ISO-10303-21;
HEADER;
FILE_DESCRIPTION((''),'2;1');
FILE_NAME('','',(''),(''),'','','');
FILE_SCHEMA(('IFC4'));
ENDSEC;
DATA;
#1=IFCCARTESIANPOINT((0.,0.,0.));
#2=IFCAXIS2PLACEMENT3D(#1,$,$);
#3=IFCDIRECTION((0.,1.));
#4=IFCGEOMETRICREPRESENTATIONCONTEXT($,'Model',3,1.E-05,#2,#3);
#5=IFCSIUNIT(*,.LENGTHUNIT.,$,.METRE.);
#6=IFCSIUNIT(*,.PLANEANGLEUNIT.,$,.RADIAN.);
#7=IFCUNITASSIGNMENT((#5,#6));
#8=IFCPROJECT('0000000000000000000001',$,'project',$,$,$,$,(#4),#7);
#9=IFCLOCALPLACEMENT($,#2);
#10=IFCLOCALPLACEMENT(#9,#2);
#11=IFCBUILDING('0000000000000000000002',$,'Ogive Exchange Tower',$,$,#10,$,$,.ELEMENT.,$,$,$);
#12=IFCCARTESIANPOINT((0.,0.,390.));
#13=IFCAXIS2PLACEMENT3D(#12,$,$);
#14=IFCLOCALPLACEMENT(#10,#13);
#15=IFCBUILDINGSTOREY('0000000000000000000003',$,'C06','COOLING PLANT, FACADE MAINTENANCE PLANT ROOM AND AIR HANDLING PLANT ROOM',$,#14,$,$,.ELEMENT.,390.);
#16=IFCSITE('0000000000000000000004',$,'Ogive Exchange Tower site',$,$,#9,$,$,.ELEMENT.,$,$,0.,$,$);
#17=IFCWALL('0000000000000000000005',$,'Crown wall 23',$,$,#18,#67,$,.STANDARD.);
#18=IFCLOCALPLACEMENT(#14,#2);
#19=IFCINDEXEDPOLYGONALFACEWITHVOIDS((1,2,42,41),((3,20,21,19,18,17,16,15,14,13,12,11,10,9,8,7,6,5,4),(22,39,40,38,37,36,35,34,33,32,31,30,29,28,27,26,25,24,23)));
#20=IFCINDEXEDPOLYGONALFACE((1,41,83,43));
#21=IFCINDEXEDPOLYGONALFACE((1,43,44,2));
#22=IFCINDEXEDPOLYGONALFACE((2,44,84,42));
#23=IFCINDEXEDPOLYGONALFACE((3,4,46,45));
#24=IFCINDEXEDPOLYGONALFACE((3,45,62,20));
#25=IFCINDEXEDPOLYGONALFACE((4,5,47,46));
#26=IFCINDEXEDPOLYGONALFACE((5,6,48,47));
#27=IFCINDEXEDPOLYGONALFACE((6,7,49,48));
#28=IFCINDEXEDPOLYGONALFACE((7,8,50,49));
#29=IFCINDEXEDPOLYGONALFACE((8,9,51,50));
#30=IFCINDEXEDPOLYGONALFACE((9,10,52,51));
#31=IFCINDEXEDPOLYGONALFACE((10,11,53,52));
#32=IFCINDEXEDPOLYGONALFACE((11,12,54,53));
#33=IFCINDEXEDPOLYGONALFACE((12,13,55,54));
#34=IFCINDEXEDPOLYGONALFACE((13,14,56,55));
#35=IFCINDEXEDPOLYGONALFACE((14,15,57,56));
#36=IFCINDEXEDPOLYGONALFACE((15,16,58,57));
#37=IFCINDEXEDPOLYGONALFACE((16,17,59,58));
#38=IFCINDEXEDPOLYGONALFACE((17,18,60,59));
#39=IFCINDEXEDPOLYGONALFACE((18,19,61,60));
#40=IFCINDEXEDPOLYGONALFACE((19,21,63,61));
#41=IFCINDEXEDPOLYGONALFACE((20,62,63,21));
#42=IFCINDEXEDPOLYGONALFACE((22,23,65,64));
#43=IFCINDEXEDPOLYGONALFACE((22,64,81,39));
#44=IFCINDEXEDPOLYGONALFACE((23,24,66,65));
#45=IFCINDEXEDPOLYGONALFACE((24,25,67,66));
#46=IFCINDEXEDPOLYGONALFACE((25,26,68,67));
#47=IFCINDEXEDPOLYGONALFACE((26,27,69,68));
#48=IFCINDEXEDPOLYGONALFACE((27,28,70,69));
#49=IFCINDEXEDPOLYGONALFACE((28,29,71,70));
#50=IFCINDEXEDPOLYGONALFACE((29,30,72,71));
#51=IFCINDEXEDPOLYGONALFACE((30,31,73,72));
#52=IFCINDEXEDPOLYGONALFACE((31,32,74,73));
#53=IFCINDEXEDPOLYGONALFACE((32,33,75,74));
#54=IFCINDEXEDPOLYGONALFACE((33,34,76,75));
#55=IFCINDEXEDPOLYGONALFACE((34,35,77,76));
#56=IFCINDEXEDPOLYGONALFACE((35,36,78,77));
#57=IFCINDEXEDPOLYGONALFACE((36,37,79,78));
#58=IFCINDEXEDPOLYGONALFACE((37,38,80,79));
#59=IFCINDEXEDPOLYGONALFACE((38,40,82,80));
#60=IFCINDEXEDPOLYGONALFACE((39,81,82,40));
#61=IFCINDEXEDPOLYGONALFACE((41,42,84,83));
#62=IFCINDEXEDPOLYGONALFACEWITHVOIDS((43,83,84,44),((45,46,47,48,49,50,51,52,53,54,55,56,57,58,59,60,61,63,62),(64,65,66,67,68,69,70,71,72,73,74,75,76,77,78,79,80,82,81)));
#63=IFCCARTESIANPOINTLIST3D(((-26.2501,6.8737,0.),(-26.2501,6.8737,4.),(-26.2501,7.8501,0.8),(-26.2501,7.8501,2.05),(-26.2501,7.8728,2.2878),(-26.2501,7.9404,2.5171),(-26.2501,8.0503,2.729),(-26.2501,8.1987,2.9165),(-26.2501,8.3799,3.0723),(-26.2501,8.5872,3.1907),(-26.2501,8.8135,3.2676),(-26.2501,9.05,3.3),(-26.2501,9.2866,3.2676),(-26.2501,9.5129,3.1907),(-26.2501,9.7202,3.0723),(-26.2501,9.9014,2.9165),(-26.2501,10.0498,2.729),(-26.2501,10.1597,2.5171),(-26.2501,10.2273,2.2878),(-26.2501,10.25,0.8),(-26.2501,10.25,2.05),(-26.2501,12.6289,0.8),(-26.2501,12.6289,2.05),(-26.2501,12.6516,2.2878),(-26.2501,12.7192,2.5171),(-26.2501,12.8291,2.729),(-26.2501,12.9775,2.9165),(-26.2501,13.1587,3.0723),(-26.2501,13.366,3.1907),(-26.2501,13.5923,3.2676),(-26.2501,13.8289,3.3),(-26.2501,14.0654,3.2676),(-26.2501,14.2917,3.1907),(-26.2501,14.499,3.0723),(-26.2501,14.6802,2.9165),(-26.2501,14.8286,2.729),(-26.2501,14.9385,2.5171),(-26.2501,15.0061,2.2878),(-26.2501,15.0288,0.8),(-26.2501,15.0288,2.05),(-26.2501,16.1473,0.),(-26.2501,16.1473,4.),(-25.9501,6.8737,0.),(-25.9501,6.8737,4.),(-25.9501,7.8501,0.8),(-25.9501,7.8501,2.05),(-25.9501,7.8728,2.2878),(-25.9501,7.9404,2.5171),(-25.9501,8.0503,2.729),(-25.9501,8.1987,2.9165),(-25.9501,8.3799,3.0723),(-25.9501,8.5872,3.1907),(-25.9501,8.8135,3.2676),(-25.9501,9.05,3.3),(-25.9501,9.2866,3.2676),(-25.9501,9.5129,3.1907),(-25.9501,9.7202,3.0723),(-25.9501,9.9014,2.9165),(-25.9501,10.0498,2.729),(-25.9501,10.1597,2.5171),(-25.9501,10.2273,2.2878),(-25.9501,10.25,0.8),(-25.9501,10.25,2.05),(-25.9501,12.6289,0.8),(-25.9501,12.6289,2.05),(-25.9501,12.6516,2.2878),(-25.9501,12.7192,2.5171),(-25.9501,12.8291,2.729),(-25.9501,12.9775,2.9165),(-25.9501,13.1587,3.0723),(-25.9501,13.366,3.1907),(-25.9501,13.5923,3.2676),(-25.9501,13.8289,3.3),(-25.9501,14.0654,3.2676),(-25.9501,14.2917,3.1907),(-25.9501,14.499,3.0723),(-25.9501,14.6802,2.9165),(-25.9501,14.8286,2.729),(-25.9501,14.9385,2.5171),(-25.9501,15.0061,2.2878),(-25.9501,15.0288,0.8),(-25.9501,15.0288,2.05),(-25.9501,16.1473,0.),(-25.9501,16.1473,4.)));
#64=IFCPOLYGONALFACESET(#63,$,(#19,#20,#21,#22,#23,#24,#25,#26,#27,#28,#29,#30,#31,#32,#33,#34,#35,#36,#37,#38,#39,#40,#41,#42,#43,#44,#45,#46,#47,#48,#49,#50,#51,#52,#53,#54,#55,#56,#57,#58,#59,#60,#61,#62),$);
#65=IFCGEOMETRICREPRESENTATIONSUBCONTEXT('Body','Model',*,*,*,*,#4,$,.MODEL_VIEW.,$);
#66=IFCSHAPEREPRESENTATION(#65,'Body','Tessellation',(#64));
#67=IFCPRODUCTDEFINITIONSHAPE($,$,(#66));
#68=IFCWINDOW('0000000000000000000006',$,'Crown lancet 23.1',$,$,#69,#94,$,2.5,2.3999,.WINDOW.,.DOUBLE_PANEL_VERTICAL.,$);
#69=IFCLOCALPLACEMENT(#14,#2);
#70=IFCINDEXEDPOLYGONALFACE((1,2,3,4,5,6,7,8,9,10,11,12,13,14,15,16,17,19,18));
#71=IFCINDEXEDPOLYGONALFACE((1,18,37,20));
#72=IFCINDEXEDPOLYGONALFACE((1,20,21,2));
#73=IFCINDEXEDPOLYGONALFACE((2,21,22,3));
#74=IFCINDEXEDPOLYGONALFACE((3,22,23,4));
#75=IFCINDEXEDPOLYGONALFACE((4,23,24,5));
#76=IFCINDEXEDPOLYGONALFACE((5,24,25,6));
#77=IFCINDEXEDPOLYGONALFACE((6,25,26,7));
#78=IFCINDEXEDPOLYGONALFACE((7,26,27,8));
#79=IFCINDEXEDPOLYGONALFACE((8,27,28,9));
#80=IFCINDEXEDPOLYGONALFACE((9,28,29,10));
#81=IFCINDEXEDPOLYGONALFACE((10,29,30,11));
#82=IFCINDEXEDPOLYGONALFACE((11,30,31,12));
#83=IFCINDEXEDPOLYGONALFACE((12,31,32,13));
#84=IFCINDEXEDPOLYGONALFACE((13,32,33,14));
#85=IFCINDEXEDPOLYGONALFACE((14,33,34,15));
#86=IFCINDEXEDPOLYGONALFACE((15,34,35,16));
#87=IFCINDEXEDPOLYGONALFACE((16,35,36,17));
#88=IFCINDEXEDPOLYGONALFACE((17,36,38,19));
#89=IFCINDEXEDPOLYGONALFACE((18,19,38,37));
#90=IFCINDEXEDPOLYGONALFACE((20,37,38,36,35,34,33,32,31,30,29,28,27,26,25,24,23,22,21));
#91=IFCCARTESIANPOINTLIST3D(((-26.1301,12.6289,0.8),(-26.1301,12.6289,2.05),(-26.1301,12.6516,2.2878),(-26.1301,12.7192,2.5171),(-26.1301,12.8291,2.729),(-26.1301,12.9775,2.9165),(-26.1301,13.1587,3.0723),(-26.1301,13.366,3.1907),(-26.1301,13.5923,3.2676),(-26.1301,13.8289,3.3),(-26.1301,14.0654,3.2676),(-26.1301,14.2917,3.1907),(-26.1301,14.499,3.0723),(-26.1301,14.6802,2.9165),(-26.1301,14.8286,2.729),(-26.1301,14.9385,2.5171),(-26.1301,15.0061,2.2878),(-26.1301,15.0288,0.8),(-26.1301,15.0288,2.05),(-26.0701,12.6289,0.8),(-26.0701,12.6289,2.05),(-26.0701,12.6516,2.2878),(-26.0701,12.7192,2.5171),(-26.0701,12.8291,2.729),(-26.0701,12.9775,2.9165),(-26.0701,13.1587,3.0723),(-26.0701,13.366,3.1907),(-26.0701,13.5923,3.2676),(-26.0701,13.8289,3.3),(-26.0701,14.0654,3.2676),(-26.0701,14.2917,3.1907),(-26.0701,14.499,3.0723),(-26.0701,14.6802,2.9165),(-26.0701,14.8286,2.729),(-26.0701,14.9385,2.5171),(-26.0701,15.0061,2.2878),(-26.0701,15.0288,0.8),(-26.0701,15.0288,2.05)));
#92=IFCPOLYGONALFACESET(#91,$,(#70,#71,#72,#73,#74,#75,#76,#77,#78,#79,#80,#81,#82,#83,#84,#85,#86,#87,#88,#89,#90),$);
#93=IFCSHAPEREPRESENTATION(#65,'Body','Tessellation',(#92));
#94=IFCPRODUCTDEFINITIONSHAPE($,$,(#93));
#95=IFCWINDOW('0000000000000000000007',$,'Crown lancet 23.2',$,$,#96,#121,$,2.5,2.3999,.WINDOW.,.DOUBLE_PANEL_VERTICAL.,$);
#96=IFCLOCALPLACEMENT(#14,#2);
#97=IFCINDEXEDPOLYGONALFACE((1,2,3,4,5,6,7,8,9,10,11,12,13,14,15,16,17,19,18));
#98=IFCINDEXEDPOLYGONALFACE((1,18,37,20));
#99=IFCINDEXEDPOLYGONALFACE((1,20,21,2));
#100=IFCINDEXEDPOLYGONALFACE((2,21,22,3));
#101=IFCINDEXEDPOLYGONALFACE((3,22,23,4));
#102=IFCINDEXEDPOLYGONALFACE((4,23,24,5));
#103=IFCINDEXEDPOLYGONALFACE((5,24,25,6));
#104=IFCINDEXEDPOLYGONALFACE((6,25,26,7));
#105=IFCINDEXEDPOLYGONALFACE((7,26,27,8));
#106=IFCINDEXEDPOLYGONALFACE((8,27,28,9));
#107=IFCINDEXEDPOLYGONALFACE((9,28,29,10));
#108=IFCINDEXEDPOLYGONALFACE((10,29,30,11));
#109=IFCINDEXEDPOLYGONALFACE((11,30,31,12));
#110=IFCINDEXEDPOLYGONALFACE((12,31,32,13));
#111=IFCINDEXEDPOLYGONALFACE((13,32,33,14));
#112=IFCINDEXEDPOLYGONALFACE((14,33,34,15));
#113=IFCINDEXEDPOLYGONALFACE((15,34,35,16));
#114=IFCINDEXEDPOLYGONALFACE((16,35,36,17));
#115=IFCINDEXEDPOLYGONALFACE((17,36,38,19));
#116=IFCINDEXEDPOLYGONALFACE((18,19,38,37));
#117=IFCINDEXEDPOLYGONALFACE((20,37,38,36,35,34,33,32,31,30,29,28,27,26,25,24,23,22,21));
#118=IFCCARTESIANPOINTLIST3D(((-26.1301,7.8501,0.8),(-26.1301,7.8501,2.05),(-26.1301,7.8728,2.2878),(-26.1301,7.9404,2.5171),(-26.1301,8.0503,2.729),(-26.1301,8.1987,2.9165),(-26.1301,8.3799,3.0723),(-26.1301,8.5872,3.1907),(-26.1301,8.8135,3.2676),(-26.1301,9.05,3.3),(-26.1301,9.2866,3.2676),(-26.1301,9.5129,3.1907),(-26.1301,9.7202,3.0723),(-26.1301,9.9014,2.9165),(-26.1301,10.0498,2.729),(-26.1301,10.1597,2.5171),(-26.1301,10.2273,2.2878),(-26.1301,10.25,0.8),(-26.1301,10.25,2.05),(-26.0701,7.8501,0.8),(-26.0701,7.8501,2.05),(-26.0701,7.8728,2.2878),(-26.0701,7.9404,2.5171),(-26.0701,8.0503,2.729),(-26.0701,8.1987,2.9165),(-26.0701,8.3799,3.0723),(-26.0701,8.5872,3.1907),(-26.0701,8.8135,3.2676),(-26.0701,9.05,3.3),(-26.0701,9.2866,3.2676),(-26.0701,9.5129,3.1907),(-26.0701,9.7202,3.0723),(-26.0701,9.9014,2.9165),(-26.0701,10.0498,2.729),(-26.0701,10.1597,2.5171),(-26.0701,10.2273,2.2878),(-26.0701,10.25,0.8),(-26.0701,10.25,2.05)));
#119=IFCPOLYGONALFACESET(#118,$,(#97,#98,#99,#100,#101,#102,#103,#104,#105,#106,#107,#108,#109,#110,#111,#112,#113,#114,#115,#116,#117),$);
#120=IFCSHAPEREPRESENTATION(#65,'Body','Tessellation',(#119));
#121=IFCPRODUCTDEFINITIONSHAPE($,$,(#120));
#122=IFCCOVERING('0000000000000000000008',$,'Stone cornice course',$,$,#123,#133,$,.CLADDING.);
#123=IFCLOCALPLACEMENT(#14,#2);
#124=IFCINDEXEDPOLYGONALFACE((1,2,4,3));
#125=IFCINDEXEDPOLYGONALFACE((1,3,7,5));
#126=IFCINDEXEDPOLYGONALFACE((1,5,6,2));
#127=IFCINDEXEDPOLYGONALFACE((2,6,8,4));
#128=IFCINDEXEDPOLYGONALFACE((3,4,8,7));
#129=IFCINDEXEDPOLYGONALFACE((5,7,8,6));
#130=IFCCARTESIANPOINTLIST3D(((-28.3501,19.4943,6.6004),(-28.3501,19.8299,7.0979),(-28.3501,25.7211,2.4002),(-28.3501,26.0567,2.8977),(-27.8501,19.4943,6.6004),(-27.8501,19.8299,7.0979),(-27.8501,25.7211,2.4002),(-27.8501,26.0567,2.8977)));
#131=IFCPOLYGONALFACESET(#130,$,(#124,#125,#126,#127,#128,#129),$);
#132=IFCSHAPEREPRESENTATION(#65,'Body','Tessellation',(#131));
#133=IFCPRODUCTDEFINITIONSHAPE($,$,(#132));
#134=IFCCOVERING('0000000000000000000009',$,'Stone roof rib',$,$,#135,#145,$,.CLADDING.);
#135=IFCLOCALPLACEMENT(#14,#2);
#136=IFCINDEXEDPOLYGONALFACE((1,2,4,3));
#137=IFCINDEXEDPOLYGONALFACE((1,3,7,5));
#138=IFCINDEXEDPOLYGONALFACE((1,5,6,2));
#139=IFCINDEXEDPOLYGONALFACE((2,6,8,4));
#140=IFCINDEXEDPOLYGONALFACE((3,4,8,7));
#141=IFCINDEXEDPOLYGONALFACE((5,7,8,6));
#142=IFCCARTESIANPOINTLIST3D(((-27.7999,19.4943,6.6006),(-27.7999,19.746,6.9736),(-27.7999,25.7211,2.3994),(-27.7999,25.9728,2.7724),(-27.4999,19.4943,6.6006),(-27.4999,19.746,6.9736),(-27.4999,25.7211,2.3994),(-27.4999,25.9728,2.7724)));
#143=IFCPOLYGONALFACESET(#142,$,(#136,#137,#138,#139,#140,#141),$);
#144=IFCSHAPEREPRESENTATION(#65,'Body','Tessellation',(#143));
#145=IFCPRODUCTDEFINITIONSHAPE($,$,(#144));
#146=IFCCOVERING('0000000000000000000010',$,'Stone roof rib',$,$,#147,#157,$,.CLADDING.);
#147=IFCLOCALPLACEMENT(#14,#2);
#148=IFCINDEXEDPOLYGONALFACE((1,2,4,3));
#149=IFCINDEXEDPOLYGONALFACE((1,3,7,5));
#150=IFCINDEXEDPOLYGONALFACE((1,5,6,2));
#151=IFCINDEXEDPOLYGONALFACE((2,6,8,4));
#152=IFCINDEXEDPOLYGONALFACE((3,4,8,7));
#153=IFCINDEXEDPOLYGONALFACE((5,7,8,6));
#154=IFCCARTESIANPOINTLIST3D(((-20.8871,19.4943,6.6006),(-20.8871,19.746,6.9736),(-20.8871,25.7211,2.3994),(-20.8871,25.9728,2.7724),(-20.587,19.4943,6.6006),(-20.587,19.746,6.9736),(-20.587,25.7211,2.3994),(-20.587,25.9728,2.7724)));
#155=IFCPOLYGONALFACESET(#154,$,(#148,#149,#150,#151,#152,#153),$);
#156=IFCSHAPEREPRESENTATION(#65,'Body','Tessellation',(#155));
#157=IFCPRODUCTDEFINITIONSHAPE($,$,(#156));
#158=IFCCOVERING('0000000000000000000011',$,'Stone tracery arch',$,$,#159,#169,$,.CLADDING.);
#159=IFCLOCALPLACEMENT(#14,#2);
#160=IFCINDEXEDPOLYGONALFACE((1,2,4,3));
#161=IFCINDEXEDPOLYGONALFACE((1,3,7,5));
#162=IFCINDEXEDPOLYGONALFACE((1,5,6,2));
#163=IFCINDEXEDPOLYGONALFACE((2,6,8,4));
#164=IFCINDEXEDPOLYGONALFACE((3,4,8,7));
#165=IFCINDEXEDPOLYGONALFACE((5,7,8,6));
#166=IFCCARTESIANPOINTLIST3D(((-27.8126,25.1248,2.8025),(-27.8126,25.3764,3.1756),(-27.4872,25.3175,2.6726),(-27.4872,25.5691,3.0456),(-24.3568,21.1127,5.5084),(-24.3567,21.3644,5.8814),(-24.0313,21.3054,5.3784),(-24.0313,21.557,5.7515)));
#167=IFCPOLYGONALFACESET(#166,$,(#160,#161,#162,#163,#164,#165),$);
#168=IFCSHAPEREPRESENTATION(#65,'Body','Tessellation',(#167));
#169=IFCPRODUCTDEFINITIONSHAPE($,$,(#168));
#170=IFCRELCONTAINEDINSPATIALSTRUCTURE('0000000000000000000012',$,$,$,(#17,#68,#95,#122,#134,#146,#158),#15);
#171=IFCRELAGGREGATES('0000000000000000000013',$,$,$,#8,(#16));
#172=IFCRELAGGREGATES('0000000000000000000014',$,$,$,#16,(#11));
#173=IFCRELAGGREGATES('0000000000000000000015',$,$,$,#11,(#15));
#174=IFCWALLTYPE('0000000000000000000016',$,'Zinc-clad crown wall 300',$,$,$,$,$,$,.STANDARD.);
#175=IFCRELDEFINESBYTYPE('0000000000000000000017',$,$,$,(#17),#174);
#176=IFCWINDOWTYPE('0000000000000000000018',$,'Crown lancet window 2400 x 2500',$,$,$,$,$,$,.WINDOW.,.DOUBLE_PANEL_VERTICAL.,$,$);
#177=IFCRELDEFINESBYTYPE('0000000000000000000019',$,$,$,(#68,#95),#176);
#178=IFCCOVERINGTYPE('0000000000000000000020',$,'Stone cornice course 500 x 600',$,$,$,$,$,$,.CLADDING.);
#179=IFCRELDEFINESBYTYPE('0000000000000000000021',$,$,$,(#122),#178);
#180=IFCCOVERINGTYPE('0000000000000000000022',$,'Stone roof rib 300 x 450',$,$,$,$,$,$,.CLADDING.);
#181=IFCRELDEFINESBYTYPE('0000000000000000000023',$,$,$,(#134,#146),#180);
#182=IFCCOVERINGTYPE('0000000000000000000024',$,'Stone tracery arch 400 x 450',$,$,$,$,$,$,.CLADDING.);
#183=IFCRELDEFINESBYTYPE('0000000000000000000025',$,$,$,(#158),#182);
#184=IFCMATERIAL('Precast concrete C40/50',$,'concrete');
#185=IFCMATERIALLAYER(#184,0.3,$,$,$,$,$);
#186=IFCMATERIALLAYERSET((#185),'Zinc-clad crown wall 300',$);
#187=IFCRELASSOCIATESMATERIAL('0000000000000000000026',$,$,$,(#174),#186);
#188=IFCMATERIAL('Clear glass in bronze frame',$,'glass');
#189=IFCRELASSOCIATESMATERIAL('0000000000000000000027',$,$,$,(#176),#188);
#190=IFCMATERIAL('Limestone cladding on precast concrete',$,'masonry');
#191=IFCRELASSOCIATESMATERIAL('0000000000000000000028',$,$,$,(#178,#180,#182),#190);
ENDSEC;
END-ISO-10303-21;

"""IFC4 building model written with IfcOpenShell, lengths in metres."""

from ifc_helpers import new_model, si_unit, direction, frame, frame_2d, origin, origin_2d, place, context, subcontext, project, spatial, polyline, rectangle, outline, extrude, material, layer, layer_set, material_profile, profile_set, type_object, element, fill, save


model = new_model("IFC4")

# Units and contexts
model_context = context("Model", 3, precision=1e-05, world=origin(), true_north=direction((0.0, 1.0)))
body_context = subcontext(model_context, "Body", "Model", "MODEL_VIEW")
ifc_project = project(units=[si_unit("LENGTHUNIT", "METRE"), si_unit("PLANEANGLEUNIT", "RADIAN")], contexts=[model_context])

# Site, building, storey
site_placement = place(None, origin())
site = spatial("IfcSite", under=ifc_project, at=site_placement, Name="Ogive Exchange Tower site", CompositionType="ELEMENT", RefElevation=0.0)
building_placement = place(site_placement, origin())
building = spatial("IfcBuilding", under=site, at=building_placement, Name="Ogive Exchange Tower", CompositionType="ELEMENT")
storey_placement = place(building_placement, frame((0.0, 0.0, 390.0)))
storey = spatial("IfcBuildingStorey", under=building, at=storey_placement, Name="C06", Description="COOLING PLANT, FACADE MAINTENANCE PLANT ROOM AND AIR HANDLING PLANT ROOM", CompositionType="ELEMENT", Elevation=390.0)

# Shared definitions
ifc_material_1 = material(Name="Precast concrete C40/50", Category="concrete")

# Shared definitions
ifc_layer_1 = layer(ifc_material_1, 0.3)
ifc_layer_set_1 = layer_set([ifc_layer_1], Name="Zinc-clad crown wall 300")
wall_type_1 = type_object("IfcWallType", Name="Zinc-clad crown wall 300", PredefinedType="STANDARD", material=ifc_layer_set_1)
ifc_material_2 = material(Name="Clear glass in bronze frame", Category="glass")

# Wall, openings, windows
wall_1_placement = place(storey_placement, frame((-26.1001, 16.1472, 0.0), z_axis=(0.0, 0.0, 1.0), x_axis=(0.0, -1.0, 0.0)))
wall_1 = element("IfcWall", 1, at=wall_1_placement, inside=storey, type_object=wall_type_1, Name="Crown wall 23", PredefinedType="STANDARD", context=body_context, shape_type="SweptSolid", body=[
    extrude(rectangle(XDim=9.2737, YDim=0.3, at=frame_2d((4.6367, 0.0))), origin(), (0.0, 0.0, 1.0), 4.0),
])
opening_1_placement = place(wall_1_placement, frame((1.1184, 0.0, 0.8)))
opening_1 = element("IfcOpeningElement", 2, at=opening_1_placement, cuts=wall_1, PredefinedType="OPENING", context=body_context, shape_type="SweptSolid", body=[
    extrude(outline(polyline([(0.0, 0.0), (2.3999, 0.0), (2.3999, 1.25), (2.3772, 1.4878), (2.3096, 1.717), (2.1997, 1.929), (2.0513, 2.1165), (1.8701, 2.2722), (1.6628, 2.3906), (1.4365, 2.4675), (1.2, 2.5), (0.9634, 2.4675), (0.7371, 2.3906), (0.5298, 2.2722), (0.3486, 2.1165), (0.2002, 1.929), (0.0903, 1.717), (0.0227, 1.4878), (0.0, 1.25), (0.0, 0.0)])), frame((0.0, 0.1599, 0.0), z_axis=(0.0, -1.0, 0.0), x_axis=(1.0, 0.0, 0.0)), (0.0, 0.0, 1.0), 0.3201),
])
opening_2_placement = place(wall_1_placement, frame((5.8972, 0.0, 0.8)))
opening_2 = element("IfcOpeningElement", 3, at=opening_2_placement, cuts=wall_1, PredefinedType="OPENING", context=body_context, shape_type="SweptSolid", body=[
    extrude(outline(polyline([(0.0, 0.0), (2.3999, 0.0), (2.3999, 1.25), (2.3772, 1.4878), (2.3096, 1.717), (2.1997, 1.929), (2.0513, 2.1165), (1.8701, 2.2722), (1.6628, 2.3906), (1.4365, 2.4675), (1.2, 2.5), (0.9634, 2.4675), (0.7371, 2.3906), (0.5298, 2.2722), (0.3486, 2.1165), (0.2002, 1.929), (0.0903, 1.717), (0.0227, 1.4878), (0.0, 1.25), (0.0, 0.0)])), frame((0.0, 0.1599, 0.0), z_axis=(0.0, -1.0, 0.0), x_axis=(1.0, 0.0, 0.0)), (0.0, 0.0, 1.0), 0.3201),
])
window_type_1 = type_object("IfcWindowType", Name="Crown lancet window 2400 x 2500", PartitioningType="DOUBLE_PANEL_VERTICAL", PredefinedType="WINDOW", material=ifc_material_2)
window_1_placement = place(opening_1_placement, origin())
window_1 = element("IfcWindow", 4, at=window_1_placement, inside=storey, type_object=window_type_1, Name="Crown lancet 23.1", OverallHeight=2.5, OverallWidth=2.3999, PartitioningType="DOUBLE_PANEL_VERTICAL", PredefinedType="WINDOW", context=body_context, shape_type="SweptSolid", body=[
    extrude(outline(polyline([(0.0, 0.0), (2.3999, 0.0), (2.3999, 1.25), (2.3772, 1.4878), (2.3096, 1.717), (2.1997, 1.929), (2.0513, 2.1165), (1.8701, 2.2722), (1.6628, 2.3906), (1.4365, 2.4675), (1.2, 2.5), (0.9634, 2.4675), (0.7371, 2.3906), (0.5298, 2.2722), (0.3486, 2.1165), (0.2002, 1.929), (0.0903, 1.717), (0.0227, 1.4878), (0.0, 1.25), (0.0, 0.0)])), frame((0.0, 0.03, 0.0), z_axis=(0.0, -1.0, 0.0), x_axis=(1.0, 0.0, 0.0)), (0.0, 0.0, 1.0), 0.0601),
])
fill(opening_1, window_1)
window_2_placement = place(opening_2_placement, origin())
window_2 = element("IfcWindow", 5, at=window_2_placement, inside=storey, type_object=window_type_1, Name="Crown lancet 23.2", OverallHeight=2.5, OverallWidth=2.3999, PartitioningType="DOUBLE_PANEL_VERTICAL", PredefinedType="WINDOW", context=body_context, shape_type="SweptSolid", body=[
    extrude(outline(polyline([(0.0, 0.0), (2.3999, 0.0), (2.3999, 1.25), (2.3772, 1.4878), (2.3096, 1.717), (2.1997, 1.929), (2.0513, 2.1165), (1.8701, 2.2722), (1.6628, 2.3906), (1.4365, 2.4675), (1.2, 2.5), (0.9634, 2.4675), (0.7371, 2.3906), (0.5298, 2.2722), (0.3486, 2.1165), (0.2002, 1.929), (0.0903, 1.717), (0.0227, 1.4878), (0.0, 1.25), (0.0, 0.0)])), frame((0.0, 0.03, 0.0), z_axis=(0.0, -1.0, 0.0), x_axis=(1.0, 0.0, 0.0)), (0.0, 0.0, 1.0), 0.0601),
])
fill(opening_2, window_2)

# Coverings
ifc_material_3 = material(Name="Limestone cladding on precast concrete", Category="masonry")
ifc_material_profile_1 = material_profile(ifc_material_3, rectangle(XDim=0.5, YDim=0.6001, at=origin_2d()), Name="CORNICE 500 x 600")
ifc_profile_set_1 = profile_set([ifc_material_profile_1], Name="Limestone cladding on precast concrete")
covering_type_1 = type_object("IfcCoveringType", Name="Stone cornice course 500 x 600", PredefinedType="CLADDING", material=ifc_profile_set_1)
covering_1_placement = place(storey_placement, frame((-28.1001, 19.6621, 6.8491), z_axis=(0.0, 0.829028, -0.559208), x_axis=(-1.0, 0.0, 0.0)))
element("IfcCovering", 6, at=covering_1_placement, inside=storey, type_object=covering_type_1, Name="Stone cornice course", PredefinedType="CLADDING", context=body_context, shape_type="SweptSolid", body=[
    extrude(rectangle(XDim=0.5, YDim=0.6001, at=origin_2d()), origin(), (0.0, 0.0, 1.0), 7.511),
])
ifc_material_profile_2 = material_profile(ifc_material_3, rectangle(XDim=0.3, YDim=0.45, at=origin_2d()), Name="RIB 300 x 450")
ifc_profile_set_2 = profile_set([ifc_material_profile_2], Name="Limestone cladding on precast concrete")
covering_type_2 = type_object("IfcCoveringType", Name="Stone roof rib 300 x 450", PredefinedType="CLADDING", material=ifc_profile_set_2)
for number, where, z_axis, x_axis, name in (
    (7, (-27.6499, 25.8469, 2.5859), (0.0, -0.828967, 0.559297), (1.0, 0.0, 0.0), "Stone roof rib"),
    (8, (-20.7371, 25.8469, 2.5859), (0.0, -0.828967, 0.559297), (1.0, 0.0, 0.0), "Stone roof rib"),
):
    element("IfcCovering", number, at=place(storey_placement, frame(where, z_axis=z_axis, x_axis=x_axis)), inside=storey, type_object=covering_type_2, Name=name, PredefinedType="CLADDING", context=body_context, shape_type="SweptSolid", body=[
        extrude(rectangle(XDim=0.3, YDim=0.45, at=origin_2d()), origin(), (0.0, 0.0, 1.0), 7.5115),
    ])
ifc_material_profile_3 = material_profile(ifc_material_3, rectangle(XDim=0.3999, YDim=0.45, at=origin_2d()), Name="TRACERY 400 x 450")
ifc_profile_set_3 = profile_set([ifc_material_profile_3], Name="Limestone cladding on precast concrete")
covering_type_3 = type_object("IfcCoveringType", Name="Stone tracery arch 400 x 450", PredefinedType="CLADDING", material=ifc_profile_set_3)
covering_2_placement = place(storey_placement, frame((-27.6499, 25.3469, 2.9241), z_axis=(0.581158, -0.674686, 0.455032), x_axis=(0.81379, 0.481778, -0.325015)))
element("IfcCovering", 9, at=covering_2_placement, inside=storey, type_object=covering_type_3, Name="Stone tracery arch", PredefinedType="CLADDING", context=body_context, shape_type="SweptSolid", body=[
    extrude(rectangle(XDim=0.3999, YDim=0.45, at=origin_2d()), origin(), (0.0, 0.0, 1.0), 5.9465),
])

save(model, "model.ifc")
